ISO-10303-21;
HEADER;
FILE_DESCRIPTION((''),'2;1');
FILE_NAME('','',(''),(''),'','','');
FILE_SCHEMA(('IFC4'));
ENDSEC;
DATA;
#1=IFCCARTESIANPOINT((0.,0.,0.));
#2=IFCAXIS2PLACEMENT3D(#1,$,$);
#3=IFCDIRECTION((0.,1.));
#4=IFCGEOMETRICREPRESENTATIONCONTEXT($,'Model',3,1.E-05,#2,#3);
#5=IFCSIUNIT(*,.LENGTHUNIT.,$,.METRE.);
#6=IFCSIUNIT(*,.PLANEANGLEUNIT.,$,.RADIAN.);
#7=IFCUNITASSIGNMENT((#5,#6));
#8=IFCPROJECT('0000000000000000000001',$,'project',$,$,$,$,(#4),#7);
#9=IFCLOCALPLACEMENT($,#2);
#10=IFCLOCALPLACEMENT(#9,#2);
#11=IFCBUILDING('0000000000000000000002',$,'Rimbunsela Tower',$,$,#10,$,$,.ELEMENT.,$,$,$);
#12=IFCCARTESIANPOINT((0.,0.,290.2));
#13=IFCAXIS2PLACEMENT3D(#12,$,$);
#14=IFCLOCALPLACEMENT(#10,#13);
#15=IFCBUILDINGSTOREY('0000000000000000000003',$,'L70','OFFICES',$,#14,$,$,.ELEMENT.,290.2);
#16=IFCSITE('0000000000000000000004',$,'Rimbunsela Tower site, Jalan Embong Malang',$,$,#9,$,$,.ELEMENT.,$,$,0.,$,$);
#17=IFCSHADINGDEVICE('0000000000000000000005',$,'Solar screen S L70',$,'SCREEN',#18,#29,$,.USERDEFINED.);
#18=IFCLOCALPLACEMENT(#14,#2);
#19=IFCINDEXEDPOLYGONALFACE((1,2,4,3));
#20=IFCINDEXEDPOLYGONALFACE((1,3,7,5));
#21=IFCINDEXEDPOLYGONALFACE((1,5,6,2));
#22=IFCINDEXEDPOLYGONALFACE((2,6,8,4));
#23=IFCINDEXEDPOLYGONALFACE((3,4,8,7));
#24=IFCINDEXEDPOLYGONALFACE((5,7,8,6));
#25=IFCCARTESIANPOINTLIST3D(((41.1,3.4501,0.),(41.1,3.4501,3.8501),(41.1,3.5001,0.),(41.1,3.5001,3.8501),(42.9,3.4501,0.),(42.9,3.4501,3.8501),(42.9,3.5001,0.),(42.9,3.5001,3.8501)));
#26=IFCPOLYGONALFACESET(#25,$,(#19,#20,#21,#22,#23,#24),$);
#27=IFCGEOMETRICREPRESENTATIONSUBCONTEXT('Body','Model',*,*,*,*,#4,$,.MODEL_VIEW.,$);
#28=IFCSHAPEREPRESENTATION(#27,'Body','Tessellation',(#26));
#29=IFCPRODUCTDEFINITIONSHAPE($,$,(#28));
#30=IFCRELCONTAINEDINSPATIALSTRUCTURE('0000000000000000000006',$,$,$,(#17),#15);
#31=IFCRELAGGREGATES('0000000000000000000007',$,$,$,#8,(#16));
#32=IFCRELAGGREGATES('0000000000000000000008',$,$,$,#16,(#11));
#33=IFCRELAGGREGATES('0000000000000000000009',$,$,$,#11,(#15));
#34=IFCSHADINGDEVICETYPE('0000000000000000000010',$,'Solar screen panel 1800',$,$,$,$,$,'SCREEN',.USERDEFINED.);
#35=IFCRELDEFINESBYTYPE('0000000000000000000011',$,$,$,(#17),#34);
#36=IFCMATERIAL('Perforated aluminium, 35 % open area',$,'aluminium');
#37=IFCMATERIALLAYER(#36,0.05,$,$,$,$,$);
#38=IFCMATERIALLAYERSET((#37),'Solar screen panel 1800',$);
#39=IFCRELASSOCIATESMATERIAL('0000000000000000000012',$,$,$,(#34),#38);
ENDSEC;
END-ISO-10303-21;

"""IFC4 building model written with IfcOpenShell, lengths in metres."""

from ifc_helpers import new_model, si_unit, direction, frame, origin, origin_2d, place, context, subcontext, project, spatial, rectangle, extrude, material, layer, layer_set, type_object, element, save


model = new_model("IFC4")

# Units and contexts
model_context = context("Model", 3, precision=1e-05, world=origin(), true_north=direction((0.0, 1.0)))
body_context = subcontext(model_context, "Body", "Model", "MODEL_VIEW")
ifc_project = project(units=[si_unit("LENGTHUNIT", "METRE"), si_unit("PLANEANGLEUNIT", "RADIAN")], contexts=[model_context])

# Site, building, storey
site_placement = place(None, origin())
site = spatial("IfcSite", under=ifc_project, at=site_placement, Name="Rimbunsela Tower site, Jalan Embong Malang", CompositionType="ELEMENT", RefElevation=0.0)
building_placement = place(site_placement, origin())
building = spatial("IfcBuilding", under=site, at=building_placement, Name="Rimbunsela Tower", CompositionType="ELEMENT")
storey_placement = place(building_placement, frame((0.0, 0.0, 290.2)))
storey = spatial("IfcBuildingStorey", under=building, at=storey_placement, Name="L70", Description="OFFICES", CompositionType="ELEMENT", Elevation=290.2)

# Shading device
ifc_material_1 = material(Name="Perforated aluminium, 35 % open area", Category="aluminium")
ifc_layer_1 = layer(ifc_material_1, 0.05)
ifc_layer_set_1 = layer_set([ifc_layer_1], Name="Solar screen panel 1800")
shading_device_type = type_object("IfcShadingDeviceType", Name="Solar screen panel 1800", ElementType="SCREEN", PredefinedType="USERDEFINED", material=ifc_layer_set_1)
shading_device_placement = place(storey_placement, frame((42.0, 3.4751, 0.0), z_axis=(0.0, 0.0, 1.0), x_axis=(1.0, 0.0, 0.0)))
element("IfcShadingDevice", 1, at=shading_device_placement, inside=storey, type_object=shading_device_type, Name="Solar screen S L70", ObjectType="SCREEN", PredefinedType="USERDEFINED", context=body_context, shape_type="SweptSolid", body=[
    extrude(rectangle(XDim=1.8, YDim=0.05, at=origin_2d()), origin(), (0.0, 0.0, 1.0), 3.8501),
])

save(model, "model.ifc")
